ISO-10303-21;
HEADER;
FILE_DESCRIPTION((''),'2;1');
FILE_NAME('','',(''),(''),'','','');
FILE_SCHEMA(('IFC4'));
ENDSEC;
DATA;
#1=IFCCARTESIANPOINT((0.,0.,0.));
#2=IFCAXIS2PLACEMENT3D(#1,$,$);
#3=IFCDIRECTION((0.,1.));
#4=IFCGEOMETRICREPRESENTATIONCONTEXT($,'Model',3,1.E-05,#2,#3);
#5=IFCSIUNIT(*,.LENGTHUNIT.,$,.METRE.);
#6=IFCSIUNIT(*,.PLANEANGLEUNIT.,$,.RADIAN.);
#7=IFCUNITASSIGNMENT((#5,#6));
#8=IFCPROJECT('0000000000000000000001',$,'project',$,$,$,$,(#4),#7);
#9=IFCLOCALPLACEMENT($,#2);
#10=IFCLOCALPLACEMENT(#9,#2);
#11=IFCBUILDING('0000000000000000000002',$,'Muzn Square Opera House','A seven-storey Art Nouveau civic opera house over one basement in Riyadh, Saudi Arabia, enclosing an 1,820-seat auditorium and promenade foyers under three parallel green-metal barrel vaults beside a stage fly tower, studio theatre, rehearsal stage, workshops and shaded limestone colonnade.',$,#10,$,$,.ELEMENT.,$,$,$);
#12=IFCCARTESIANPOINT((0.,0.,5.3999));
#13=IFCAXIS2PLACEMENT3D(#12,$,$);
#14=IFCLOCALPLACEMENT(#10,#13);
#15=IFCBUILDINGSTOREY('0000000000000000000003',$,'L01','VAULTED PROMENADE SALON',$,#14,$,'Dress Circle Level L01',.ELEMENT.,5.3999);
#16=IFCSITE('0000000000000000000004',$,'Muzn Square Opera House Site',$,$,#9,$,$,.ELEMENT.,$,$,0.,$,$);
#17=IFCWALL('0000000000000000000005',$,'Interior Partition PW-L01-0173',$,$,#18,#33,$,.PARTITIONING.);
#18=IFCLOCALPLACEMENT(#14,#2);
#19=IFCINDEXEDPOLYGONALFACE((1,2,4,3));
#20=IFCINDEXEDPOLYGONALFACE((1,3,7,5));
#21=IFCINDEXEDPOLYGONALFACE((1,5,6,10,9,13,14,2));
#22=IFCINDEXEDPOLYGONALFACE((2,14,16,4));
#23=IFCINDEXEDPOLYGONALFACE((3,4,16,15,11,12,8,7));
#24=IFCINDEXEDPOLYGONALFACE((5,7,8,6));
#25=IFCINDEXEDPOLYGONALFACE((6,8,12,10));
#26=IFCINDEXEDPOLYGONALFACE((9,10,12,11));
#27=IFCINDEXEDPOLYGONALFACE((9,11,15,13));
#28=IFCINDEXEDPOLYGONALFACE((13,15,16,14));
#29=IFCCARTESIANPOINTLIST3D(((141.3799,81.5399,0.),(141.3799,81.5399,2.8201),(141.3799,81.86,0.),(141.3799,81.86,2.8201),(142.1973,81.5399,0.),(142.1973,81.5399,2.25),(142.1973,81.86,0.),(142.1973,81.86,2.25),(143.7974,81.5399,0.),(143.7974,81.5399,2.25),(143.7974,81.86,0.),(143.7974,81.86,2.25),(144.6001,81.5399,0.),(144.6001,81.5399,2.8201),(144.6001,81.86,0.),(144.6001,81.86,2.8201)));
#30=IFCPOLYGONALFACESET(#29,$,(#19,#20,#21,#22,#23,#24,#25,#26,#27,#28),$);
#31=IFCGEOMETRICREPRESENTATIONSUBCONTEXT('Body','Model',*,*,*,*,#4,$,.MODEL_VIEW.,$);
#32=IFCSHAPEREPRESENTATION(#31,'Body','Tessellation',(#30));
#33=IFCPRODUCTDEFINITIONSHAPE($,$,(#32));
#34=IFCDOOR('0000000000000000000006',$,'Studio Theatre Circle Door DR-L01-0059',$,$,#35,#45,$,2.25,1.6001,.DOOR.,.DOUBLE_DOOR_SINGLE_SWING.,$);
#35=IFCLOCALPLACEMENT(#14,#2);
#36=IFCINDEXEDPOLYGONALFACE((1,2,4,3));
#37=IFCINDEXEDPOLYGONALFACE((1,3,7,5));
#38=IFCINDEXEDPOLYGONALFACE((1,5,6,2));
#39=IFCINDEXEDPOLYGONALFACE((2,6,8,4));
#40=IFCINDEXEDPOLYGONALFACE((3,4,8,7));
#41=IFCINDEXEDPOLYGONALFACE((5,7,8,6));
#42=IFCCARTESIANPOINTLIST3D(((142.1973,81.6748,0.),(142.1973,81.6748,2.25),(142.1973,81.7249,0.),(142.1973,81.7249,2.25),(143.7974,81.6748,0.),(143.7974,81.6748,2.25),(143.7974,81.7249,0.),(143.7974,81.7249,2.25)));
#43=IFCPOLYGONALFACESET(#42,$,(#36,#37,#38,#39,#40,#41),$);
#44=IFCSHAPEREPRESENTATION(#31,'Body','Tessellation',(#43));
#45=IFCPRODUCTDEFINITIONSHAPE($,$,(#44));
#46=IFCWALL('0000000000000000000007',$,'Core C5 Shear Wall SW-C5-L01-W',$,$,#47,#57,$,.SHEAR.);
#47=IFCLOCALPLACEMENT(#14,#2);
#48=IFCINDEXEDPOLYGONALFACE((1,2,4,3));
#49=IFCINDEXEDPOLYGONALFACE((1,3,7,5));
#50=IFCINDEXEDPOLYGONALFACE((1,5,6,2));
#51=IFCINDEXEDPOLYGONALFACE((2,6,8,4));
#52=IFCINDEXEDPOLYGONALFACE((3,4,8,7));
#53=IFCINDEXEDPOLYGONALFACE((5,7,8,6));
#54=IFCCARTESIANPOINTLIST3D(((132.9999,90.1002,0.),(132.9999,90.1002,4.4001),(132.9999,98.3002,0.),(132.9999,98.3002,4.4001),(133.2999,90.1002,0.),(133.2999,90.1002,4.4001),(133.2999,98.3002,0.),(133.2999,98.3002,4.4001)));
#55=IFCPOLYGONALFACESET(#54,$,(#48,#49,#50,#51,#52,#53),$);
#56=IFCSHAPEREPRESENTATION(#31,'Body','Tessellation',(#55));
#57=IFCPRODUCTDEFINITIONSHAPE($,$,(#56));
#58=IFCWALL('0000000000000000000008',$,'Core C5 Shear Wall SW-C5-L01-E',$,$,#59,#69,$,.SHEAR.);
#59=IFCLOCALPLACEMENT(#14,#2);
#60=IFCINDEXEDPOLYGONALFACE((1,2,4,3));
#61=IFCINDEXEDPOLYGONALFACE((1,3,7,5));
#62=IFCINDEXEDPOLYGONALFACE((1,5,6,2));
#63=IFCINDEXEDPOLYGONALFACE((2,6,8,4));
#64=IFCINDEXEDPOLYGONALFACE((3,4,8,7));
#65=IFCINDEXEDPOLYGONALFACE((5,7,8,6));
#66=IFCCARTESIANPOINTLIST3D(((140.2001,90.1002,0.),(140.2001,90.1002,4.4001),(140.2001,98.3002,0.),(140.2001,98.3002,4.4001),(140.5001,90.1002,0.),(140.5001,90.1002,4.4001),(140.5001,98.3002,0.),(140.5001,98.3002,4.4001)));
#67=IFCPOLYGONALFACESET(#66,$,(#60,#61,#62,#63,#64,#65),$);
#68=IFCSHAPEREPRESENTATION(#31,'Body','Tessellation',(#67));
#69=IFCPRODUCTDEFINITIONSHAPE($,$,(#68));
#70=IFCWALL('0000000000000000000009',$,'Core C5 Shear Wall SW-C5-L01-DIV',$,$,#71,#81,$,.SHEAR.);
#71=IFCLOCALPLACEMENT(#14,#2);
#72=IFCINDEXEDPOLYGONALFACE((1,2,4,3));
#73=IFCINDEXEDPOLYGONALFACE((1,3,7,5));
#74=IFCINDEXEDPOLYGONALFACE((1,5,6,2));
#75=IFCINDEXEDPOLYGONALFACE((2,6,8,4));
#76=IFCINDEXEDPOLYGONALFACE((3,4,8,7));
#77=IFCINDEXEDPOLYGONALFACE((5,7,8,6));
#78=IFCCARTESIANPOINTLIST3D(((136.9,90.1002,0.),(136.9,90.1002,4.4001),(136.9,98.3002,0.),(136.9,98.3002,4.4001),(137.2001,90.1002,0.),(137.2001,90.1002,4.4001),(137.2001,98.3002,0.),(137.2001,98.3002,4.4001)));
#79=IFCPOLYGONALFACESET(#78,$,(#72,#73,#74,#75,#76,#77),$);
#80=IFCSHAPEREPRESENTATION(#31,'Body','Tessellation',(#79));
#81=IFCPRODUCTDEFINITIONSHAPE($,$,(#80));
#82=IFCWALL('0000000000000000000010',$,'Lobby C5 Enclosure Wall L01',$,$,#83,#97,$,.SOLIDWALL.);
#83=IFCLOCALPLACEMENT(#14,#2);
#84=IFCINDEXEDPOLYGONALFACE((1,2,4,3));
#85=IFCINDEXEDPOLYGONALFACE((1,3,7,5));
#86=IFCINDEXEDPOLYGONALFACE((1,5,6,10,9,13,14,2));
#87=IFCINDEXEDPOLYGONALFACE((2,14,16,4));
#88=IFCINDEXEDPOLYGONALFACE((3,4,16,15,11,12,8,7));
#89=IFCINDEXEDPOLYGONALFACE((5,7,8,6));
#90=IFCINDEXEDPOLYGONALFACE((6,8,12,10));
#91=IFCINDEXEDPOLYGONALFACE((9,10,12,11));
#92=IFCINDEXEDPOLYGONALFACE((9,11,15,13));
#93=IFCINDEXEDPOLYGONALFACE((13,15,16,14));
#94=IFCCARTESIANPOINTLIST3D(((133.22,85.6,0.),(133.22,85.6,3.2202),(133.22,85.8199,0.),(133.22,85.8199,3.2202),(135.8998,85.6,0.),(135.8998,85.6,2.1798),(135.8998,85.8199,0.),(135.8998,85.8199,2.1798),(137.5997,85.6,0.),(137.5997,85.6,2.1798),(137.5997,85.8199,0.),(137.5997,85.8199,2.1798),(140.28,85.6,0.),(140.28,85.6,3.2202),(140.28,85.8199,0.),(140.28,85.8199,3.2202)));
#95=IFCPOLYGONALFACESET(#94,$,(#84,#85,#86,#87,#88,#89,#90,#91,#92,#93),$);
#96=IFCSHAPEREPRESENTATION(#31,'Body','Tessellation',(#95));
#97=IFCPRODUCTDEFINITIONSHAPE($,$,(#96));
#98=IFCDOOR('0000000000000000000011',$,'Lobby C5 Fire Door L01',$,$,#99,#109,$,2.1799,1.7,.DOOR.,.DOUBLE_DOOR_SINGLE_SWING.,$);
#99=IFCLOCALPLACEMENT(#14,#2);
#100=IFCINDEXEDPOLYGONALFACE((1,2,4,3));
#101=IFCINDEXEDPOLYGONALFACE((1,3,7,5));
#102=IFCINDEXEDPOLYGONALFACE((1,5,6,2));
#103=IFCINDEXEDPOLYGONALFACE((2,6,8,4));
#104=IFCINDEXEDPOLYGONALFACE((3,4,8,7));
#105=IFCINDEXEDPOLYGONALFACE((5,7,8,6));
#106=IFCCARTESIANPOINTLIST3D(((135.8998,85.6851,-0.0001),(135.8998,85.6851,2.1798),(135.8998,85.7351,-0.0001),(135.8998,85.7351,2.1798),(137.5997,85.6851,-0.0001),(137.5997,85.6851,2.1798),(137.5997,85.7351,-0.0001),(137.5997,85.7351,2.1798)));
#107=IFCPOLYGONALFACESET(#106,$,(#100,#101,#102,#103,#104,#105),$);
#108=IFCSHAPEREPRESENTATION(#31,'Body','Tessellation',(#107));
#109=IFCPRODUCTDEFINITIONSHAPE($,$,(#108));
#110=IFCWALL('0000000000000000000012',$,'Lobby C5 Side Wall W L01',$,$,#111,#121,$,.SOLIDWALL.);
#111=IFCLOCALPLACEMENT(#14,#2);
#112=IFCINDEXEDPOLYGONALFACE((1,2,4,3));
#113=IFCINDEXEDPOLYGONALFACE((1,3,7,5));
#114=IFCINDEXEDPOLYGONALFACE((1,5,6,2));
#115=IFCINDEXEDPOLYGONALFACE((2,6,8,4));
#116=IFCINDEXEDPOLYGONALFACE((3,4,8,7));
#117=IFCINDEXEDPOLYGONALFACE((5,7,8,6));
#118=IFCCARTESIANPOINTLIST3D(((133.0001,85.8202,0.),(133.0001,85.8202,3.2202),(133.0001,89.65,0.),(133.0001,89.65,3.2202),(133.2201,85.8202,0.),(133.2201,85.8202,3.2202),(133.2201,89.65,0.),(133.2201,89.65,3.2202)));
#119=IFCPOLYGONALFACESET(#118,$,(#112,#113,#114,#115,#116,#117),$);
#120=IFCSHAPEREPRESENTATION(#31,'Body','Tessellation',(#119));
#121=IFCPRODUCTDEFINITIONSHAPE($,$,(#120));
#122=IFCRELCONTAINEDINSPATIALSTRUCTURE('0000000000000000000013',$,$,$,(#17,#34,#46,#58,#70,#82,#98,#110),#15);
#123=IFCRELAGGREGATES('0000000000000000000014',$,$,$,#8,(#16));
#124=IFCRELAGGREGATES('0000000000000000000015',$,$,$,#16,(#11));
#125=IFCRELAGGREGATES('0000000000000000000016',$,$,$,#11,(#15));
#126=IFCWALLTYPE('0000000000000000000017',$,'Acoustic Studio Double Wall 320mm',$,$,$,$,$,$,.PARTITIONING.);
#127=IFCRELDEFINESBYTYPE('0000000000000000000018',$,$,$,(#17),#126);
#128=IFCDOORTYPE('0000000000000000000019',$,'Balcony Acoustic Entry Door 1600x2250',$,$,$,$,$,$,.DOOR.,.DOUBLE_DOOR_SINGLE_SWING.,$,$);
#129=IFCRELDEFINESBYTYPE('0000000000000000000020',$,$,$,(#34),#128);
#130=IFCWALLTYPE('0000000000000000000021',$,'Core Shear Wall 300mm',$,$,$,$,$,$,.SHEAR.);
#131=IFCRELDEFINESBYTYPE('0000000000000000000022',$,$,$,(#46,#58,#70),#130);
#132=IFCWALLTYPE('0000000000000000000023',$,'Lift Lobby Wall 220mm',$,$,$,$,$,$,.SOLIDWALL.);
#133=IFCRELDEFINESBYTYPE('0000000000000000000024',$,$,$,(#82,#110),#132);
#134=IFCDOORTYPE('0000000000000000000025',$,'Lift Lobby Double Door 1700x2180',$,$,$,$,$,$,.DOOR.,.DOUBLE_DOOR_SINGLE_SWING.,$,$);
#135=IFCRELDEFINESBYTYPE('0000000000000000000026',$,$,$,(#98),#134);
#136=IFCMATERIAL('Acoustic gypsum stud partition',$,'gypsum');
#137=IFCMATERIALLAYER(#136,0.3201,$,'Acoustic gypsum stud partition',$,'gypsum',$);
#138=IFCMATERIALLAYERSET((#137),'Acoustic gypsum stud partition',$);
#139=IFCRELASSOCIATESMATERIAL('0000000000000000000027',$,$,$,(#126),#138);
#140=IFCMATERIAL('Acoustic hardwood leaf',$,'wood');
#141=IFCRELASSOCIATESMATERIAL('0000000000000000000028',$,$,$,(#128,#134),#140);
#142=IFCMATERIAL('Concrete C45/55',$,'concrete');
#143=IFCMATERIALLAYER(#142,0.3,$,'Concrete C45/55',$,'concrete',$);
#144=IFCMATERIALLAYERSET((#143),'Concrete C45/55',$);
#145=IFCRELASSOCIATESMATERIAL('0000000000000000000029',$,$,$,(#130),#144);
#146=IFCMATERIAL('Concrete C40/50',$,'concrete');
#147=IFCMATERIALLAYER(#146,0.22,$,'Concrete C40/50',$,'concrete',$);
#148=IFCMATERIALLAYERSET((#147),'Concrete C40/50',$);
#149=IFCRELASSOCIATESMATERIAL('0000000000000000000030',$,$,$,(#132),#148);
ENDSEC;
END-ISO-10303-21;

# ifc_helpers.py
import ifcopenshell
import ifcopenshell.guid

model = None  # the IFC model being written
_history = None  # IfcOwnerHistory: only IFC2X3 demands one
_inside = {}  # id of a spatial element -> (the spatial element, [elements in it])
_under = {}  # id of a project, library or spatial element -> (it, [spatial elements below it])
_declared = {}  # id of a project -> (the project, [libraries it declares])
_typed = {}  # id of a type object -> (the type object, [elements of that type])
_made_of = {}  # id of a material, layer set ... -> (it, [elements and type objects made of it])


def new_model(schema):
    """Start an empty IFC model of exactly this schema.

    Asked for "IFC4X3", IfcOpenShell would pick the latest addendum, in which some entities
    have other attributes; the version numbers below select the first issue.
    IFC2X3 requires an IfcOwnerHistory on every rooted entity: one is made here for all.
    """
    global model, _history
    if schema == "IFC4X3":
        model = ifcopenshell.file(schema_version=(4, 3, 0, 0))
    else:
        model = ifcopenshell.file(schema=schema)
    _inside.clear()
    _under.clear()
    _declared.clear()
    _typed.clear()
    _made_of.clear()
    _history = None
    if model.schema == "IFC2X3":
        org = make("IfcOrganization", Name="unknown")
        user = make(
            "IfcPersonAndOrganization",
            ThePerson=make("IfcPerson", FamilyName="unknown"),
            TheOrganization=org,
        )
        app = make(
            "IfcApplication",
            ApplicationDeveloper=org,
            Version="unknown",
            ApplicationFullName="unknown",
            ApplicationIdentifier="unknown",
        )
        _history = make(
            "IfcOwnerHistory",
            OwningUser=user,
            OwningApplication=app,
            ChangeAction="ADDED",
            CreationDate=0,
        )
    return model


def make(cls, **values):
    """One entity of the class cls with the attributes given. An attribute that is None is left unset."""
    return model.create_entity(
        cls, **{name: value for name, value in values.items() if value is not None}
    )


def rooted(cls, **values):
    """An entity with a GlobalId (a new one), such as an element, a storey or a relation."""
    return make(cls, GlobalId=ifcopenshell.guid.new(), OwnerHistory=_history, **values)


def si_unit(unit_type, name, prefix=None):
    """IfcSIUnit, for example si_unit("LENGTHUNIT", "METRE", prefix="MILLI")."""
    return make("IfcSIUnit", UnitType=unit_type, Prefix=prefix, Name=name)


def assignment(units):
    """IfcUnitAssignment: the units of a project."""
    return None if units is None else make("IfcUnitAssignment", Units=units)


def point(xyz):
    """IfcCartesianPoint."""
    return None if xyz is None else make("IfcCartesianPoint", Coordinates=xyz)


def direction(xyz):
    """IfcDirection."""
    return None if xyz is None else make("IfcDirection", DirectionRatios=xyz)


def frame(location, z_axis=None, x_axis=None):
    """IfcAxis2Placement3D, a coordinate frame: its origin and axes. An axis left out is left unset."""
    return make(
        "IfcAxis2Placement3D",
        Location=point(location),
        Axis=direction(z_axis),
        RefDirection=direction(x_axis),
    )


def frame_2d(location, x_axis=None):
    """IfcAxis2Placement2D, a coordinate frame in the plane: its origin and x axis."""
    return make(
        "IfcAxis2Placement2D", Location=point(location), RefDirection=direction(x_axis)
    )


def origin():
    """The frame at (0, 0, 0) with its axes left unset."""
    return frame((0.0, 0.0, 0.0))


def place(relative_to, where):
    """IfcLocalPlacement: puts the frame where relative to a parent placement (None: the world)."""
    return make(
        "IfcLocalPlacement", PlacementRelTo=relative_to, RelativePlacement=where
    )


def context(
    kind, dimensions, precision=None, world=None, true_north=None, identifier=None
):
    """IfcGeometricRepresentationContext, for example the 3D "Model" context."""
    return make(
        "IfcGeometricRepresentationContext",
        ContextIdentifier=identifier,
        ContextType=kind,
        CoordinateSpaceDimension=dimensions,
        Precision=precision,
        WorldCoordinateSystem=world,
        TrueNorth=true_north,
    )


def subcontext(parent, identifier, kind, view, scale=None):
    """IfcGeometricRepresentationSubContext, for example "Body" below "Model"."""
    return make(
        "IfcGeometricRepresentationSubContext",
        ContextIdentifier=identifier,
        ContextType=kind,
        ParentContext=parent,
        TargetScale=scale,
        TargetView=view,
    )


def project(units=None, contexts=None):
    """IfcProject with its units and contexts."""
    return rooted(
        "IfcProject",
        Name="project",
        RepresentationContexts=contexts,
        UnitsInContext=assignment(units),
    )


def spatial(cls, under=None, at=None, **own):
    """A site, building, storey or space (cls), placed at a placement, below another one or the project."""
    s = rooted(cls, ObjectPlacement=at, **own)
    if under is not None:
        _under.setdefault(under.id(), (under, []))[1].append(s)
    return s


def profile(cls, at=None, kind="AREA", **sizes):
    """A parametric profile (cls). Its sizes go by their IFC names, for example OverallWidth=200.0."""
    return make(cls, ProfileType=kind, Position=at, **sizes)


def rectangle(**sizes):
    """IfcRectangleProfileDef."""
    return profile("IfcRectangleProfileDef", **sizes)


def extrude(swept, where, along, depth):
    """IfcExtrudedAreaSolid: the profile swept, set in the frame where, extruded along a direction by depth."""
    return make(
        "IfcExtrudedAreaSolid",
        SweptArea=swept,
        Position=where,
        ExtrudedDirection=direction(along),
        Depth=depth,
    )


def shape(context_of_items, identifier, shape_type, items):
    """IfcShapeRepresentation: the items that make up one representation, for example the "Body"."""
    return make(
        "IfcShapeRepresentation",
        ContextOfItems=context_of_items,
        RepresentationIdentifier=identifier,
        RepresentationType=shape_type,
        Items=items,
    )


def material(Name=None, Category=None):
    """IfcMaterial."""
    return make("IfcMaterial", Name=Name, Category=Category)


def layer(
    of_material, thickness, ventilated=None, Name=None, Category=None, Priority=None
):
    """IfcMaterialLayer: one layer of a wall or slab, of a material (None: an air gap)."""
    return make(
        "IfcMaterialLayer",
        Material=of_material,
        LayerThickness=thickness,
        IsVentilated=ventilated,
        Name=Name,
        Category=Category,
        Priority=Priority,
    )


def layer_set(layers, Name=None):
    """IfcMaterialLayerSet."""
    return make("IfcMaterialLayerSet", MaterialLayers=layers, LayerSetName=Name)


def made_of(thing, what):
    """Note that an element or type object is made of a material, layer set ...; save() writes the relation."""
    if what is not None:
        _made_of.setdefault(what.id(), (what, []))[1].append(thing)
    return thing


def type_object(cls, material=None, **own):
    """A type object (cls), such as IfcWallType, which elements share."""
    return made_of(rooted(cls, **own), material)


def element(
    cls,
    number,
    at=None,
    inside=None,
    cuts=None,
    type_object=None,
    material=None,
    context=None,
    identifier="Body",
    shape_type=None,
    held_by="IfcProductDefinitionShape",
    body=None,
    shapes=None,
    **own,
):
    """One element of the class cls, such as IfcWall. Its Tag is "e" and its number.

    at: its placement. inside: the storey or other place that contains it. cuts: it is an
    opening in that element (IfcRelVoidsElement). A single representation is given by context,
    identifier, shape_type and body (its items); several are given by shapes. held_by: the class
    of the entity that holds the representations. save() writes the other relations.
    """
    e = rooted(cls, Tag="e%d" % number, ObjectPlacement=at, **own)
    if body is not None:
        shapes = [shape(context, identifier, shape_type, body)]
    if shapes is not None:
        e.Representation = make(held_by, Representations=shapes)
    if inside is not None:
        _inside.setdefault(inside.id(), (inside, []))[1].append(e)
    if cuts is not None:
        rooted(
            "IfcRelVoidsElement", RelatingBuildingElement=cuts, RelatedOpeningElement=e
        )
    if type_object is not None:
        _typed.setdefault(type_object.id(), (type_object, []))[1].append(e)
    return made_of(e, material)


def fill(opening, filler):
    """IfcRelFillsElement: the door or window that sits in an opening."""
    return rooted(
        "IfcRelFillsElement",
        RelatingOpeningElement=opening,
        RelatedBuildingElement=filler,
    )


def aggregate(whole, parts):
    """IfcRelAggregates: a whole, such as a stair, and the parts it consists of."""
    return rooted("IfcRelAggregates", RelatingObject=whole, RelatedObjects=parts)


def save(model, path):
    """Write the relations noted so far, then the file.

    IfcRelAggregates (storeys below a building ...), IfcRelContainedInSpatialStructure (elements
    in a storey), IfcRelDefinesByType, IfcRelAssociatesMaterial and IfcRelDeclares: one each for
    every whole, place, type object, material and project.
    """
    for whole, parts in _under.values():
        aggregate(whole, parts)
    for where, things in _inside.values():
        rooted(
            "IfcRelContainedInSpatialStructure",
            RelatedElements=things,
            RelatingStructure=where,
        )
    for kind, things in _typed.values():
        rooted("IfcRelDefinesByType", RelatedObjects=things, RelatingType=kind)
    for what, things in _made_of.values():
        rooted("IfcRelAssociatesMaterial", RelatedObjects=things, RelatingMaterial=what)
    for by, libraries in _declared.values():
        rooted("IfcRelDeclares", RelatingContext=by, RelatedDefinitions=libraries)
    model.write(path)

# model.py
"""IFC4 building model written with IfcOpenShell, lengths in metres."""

from ifc_helpers import new_model, si_unit, direction, frame, frame_2d, origin, place, context, subcontext, project, spatial, rectangle, extrude, material, layer, layer_set, type_object, element, fill, save


model = new_model("IFC4")

# Units and contexts
model_context = context("Model", 3, precision=1e-05, world=origin(), true_north=direction((0.0, 1.0)))
body_context = subcontext(model_context, "Body", "Model", "MODEL_VIEW")
ifc_project = project(units=[si_unit("LENGTHUNIT", "METRE"), si_unit("PLANEANGLEUNIT", "RADIAN")], contexts=[model_context])

# Site, building, storey
site_placement = place(None, origin())
site = spatial("IfcSite", under=ifc_project, at=site_placement, Name="Muzn Square Opera House Site", CompositionType="ELEMENT", RefElevation=0.0)
building_placement = place(site_placement, origin())
building = spatial("IfcBuilding", under=site, at=building_placement, Name="Muzn Square Opera House", Description="A seven-storey Art Nouveau civic opera house over one basement in Riyadh, Saudi Arabia, enclosing an 1,820-seat auditorium and promenade foyers under three parallel green-metal barrel vaults beside a stage fly tower, studio theatre, rehearsal stage, workshops and shaded limestone colonnade.", CompositionType="ELEMENT")
storey_placement = place(building_placement, frame((0.0, 0.0, 5.3999)))
storey = spatial("IfcBuildingStorey", under=building, at=storey_placement, Name="L01", Description="VAULTED PROMENADE SALON", LongName="Dress Circle Level L01", CompositionType="ELEMENT", Elevation=5.3999)

# Shared definitions
ifc_material_1 = material(Name="Concrete C45/55", Category="concrete")

# Shared definitions
ifc_material_2 = material(Name="Concrete C40/50", Category="concrete")

# Wall, opening, door
ifc_material_3 = material(Name="Acoustic gypsum stud partition", Category="gypsum")
ifc_layer_1 = layer(ifc_material_3, 0.3201, Name="Acoustic gypsum stud partition", Category="gypsum")
ifc_layer_set_1 = layer_set([ifc_layer_1], Name="Acoustic gypsum stud partition")
wall_type_1 = type_object("IfcWallType", Name="Acoustic Studio Double Wall 320mm", PredefinedType="PARTITIONING", material=ifc_layer_set_1)
wall_1_placement = place(storey_placement, frame((141.3799, 81.7, 0.0), z_axis=(0.0, 0.0, 1.0), x_axis=(1.0, 0.0, 0.0)))
wall_1 = element("IfcWall", 1, at=wall_1_placement, inside=storey, type_object=wall_type_1, Name="Interior Partition PW-L01-0173", PredefinedType="PARTITIONING", context=body_context, shape_type="SweptSolid", body=[
    extrude(rectangle(XDim=3.2202, YDim=0.3201, at=frame_2d((1.6101, 0.0))), origin(), (0.0, 0.0, 1.0), 2.8201),
])
opening_1_placement = place(wall_1_placement, frame((0.8174, 0.0, 0.0)))
opening_1 = element("IfcOpeningElement", 2, at=opening_1_placement, cuts=wall_1, PredefinedType="OPENING", context=body_context, shape_type="SweptSolid", body=[
    extrude(rectangle(XDim=1.6001, YDim=2.25, at=frame_2d((0.8, 1.125))), frame((0.0, 0.1699, 0.0), z_axis=(0.0, -1.0, 0.0), x_axis=(1.0, 0.0, 0.0)), (0.0, 0.0, 1.0), 0.3401),
])
ifc_material_4 = material(Name="Acoustic hardwood leaf", Category="wood")
door_type_1 = type_object("IfcDoorType", Name="Balcony Acoustic Entry Door 1600x2250", OperationType="DOUBLE_DOOR_SINGLE_SWING", PredefinedType="DOOR", material=ifc_material_4)
door_1_placement = place(opening_1_placement, origin())
door_1 = element("IfcDoor", 3, at=door_1_placement, inside=storey, type_object=door_type_1, Name="Studio Theatre Circle Door DR-L01-0059", OperationType="DOUBLE_DOOR_SINGLE_SWING", OverallHeight=2.25, OverallWidth=1.6001, PredefinedType="DOOR", context=body_context, shape_type="SweptSolid", body=[
    extrude(rectangle(XDim=1.6001, YDim=2.25, at=frame_2d((0.8, 1.125))), frame((0.0, 0.0249, 0.0), z_axis=(0.0, -1.0, 0.0), x_axis=(1.0, 0.0, 0.0)), (0.0, 0.0, 1.0), 0.05),
])
fill(opening_1, door_1)

# Walls
ifc_layer_2 = layer(ifc_material_1, 0.3, Name="Concrete C45/55", Category="concrete")
ifc_layer_set_2 = layer_set([ifc_layer_2], Name="Concrete C45/55")
wall_type_2 = type_object("IfcWallType", Name="Core Shear Wall 300mm", PredefinedType="SHEAR", material=ifc_layer_set_2)
for number, where, z_axis, x_axis, name in (
    (4, (133.1499, 90.1001, 0.0), (0.0, 0.0, 1.0), (0.0, 1.0, 0.0), "Core C5 Shear Wall SW-C5-L01-W"),
    (5, (140.3501, 90.1001, 0.0), (0.0, 0.0, 1.0), (0.0, 1.0, 0.0), "Core C5 Shear Wall SW-C5-L01-E"),
    (6, (137.05, 90.1001, 0.0), (0.0, 0.0, 1.0), (0.0, 1.0, 0.0), "Core C5 Shear Wall SW-C5-L01-DIV"),
):
    element("IfcWall", number, at=place(storey_placement, frame(where, z_axis=z_axis, x_axis=x_axis)), inside=storey, type_object=wall_type_2, Name=name, PredefinedType="SHEAR", context=body_context, shape_type="SweptSolid", body=[
        extrude(rectangle(XDim=8.2, YDim=0.3, at=frame_2d((4.1001, 0.0))), origin(), (0.0, 0.0, 1.0), 4.4001),
    ])

# Wall, opening, door
ifc_layer_3 = layer(ifc_material_2, 0.22, Name="Concrete C40/50", Category="concrete")
ifc_layer_set_3 = layer_set([ifc_layer_3], Name="Concrete C40/50")
wall_type_3 = type_object("IfcWallType", Name="Lift Lobby Wall 220mm", PredefinedType="SOLIDWALL", material=ifc_layer_set_3)
wall_2_placement = place(storey_placement, frame((133.22, 85.71, 0.0), z_axis=(0.0, 0.0, 1.0), x_axis=(1.0, 0.0, 0.0)))
wall_2 = element("IfcWall", 7, at=wall_2_placement, inside=storey, type_object=wall_type_3, Name="Lobby C5 Enclosure Wall L01", PredefinedType="SOLIDWALL", context=body_context, shape_type="SweptSolid", body=[
    extrude(rectangle(XDim=7.0601, YDim=0.22, at=frame_2d((3.53, 0.0))), origin(), (0.0, 0.0, 1.0), 3.2202),
])
opening_2_placement = place(wall_2_placement, frame((4.3799, 0.0, 0.0), z_axis=(0.0, 0.0, 1.0), x_axis=(-1.0, 0.0, 0.0)))
opening_2 = element("IfcOpeningElement", 8, at=opening_2_placement, cuts=wall_2, PredefinedType="OPENING", context=body_context, shape_type="SweptSolid", body=[
    extrude(rectangle(XDim=1.7, YDim=2.1799, at=frame_2d((0.8501, 1.0898))), frame((0.0, 0.1199, 0.0), z_axis=(0.0, -1.0, 0.0), x_axis=(1.0, 0.0, 0.0)), (0.0, 0.0, 1.0), 0.24),
])
door_type_2 = type_object("IfcDoorType", Name="Lift Lobby Double Door 1700x2180", OperationType="DOUBLE_DOOR_SINGLE_SWING", PredefinedType="DOOR", material=ifc_material_4)
door_2_placement = place(opening_2_placement, origin())
door_2 = element("IfcDoor", 9, at=door_2_placement, inside=storey, type_object=door_type_2, Name="Lobby C5 Fire Door L01", OperationType="DOUBLE_DOOR_SINGLE_SWING", OverallHeight=2.1799, OverallWidth=1.7, PredefinedType="DOOR", context=body_context, shape_type="SweptSolid", body=[
    extrude(rectangle(XDim=1.7, YDim=2.1799, at=frame_2d((0.8501, 1.0898))), frame((0.0, 0.0249, 0.0), z_axis=(0.0, -1.0, 0.0), x_axis=(1.0, 0.0, 0.0)), (0.0, 0.0, 1.0), 0.05),
])
fill(opening_2, door_2)

# Wall
wall_3_placement = place(storey_placement, frame((133.1101, 85.8201, 0.0), z_axis=(0.0, 0.0, 1.0), x_axis=(0.0, 1.0, 0.0)))
element("IfcWall", 10, at=wall_3_placement, inside=storey, type_object=wall_type_3, Name="Lobby C5 Side Wall W L01", PredefinedType="SOLIDWALL", context=body_context, shape_type="SweptSolid", body=[
    extrude(rectangle(XDim=3.8298, YDim=0.22, at=frame_2d((1.915, 0.0))), origin(), (0.0, 0.0, 1.0), 3.2202),
])

save(model, "model.ifc")
